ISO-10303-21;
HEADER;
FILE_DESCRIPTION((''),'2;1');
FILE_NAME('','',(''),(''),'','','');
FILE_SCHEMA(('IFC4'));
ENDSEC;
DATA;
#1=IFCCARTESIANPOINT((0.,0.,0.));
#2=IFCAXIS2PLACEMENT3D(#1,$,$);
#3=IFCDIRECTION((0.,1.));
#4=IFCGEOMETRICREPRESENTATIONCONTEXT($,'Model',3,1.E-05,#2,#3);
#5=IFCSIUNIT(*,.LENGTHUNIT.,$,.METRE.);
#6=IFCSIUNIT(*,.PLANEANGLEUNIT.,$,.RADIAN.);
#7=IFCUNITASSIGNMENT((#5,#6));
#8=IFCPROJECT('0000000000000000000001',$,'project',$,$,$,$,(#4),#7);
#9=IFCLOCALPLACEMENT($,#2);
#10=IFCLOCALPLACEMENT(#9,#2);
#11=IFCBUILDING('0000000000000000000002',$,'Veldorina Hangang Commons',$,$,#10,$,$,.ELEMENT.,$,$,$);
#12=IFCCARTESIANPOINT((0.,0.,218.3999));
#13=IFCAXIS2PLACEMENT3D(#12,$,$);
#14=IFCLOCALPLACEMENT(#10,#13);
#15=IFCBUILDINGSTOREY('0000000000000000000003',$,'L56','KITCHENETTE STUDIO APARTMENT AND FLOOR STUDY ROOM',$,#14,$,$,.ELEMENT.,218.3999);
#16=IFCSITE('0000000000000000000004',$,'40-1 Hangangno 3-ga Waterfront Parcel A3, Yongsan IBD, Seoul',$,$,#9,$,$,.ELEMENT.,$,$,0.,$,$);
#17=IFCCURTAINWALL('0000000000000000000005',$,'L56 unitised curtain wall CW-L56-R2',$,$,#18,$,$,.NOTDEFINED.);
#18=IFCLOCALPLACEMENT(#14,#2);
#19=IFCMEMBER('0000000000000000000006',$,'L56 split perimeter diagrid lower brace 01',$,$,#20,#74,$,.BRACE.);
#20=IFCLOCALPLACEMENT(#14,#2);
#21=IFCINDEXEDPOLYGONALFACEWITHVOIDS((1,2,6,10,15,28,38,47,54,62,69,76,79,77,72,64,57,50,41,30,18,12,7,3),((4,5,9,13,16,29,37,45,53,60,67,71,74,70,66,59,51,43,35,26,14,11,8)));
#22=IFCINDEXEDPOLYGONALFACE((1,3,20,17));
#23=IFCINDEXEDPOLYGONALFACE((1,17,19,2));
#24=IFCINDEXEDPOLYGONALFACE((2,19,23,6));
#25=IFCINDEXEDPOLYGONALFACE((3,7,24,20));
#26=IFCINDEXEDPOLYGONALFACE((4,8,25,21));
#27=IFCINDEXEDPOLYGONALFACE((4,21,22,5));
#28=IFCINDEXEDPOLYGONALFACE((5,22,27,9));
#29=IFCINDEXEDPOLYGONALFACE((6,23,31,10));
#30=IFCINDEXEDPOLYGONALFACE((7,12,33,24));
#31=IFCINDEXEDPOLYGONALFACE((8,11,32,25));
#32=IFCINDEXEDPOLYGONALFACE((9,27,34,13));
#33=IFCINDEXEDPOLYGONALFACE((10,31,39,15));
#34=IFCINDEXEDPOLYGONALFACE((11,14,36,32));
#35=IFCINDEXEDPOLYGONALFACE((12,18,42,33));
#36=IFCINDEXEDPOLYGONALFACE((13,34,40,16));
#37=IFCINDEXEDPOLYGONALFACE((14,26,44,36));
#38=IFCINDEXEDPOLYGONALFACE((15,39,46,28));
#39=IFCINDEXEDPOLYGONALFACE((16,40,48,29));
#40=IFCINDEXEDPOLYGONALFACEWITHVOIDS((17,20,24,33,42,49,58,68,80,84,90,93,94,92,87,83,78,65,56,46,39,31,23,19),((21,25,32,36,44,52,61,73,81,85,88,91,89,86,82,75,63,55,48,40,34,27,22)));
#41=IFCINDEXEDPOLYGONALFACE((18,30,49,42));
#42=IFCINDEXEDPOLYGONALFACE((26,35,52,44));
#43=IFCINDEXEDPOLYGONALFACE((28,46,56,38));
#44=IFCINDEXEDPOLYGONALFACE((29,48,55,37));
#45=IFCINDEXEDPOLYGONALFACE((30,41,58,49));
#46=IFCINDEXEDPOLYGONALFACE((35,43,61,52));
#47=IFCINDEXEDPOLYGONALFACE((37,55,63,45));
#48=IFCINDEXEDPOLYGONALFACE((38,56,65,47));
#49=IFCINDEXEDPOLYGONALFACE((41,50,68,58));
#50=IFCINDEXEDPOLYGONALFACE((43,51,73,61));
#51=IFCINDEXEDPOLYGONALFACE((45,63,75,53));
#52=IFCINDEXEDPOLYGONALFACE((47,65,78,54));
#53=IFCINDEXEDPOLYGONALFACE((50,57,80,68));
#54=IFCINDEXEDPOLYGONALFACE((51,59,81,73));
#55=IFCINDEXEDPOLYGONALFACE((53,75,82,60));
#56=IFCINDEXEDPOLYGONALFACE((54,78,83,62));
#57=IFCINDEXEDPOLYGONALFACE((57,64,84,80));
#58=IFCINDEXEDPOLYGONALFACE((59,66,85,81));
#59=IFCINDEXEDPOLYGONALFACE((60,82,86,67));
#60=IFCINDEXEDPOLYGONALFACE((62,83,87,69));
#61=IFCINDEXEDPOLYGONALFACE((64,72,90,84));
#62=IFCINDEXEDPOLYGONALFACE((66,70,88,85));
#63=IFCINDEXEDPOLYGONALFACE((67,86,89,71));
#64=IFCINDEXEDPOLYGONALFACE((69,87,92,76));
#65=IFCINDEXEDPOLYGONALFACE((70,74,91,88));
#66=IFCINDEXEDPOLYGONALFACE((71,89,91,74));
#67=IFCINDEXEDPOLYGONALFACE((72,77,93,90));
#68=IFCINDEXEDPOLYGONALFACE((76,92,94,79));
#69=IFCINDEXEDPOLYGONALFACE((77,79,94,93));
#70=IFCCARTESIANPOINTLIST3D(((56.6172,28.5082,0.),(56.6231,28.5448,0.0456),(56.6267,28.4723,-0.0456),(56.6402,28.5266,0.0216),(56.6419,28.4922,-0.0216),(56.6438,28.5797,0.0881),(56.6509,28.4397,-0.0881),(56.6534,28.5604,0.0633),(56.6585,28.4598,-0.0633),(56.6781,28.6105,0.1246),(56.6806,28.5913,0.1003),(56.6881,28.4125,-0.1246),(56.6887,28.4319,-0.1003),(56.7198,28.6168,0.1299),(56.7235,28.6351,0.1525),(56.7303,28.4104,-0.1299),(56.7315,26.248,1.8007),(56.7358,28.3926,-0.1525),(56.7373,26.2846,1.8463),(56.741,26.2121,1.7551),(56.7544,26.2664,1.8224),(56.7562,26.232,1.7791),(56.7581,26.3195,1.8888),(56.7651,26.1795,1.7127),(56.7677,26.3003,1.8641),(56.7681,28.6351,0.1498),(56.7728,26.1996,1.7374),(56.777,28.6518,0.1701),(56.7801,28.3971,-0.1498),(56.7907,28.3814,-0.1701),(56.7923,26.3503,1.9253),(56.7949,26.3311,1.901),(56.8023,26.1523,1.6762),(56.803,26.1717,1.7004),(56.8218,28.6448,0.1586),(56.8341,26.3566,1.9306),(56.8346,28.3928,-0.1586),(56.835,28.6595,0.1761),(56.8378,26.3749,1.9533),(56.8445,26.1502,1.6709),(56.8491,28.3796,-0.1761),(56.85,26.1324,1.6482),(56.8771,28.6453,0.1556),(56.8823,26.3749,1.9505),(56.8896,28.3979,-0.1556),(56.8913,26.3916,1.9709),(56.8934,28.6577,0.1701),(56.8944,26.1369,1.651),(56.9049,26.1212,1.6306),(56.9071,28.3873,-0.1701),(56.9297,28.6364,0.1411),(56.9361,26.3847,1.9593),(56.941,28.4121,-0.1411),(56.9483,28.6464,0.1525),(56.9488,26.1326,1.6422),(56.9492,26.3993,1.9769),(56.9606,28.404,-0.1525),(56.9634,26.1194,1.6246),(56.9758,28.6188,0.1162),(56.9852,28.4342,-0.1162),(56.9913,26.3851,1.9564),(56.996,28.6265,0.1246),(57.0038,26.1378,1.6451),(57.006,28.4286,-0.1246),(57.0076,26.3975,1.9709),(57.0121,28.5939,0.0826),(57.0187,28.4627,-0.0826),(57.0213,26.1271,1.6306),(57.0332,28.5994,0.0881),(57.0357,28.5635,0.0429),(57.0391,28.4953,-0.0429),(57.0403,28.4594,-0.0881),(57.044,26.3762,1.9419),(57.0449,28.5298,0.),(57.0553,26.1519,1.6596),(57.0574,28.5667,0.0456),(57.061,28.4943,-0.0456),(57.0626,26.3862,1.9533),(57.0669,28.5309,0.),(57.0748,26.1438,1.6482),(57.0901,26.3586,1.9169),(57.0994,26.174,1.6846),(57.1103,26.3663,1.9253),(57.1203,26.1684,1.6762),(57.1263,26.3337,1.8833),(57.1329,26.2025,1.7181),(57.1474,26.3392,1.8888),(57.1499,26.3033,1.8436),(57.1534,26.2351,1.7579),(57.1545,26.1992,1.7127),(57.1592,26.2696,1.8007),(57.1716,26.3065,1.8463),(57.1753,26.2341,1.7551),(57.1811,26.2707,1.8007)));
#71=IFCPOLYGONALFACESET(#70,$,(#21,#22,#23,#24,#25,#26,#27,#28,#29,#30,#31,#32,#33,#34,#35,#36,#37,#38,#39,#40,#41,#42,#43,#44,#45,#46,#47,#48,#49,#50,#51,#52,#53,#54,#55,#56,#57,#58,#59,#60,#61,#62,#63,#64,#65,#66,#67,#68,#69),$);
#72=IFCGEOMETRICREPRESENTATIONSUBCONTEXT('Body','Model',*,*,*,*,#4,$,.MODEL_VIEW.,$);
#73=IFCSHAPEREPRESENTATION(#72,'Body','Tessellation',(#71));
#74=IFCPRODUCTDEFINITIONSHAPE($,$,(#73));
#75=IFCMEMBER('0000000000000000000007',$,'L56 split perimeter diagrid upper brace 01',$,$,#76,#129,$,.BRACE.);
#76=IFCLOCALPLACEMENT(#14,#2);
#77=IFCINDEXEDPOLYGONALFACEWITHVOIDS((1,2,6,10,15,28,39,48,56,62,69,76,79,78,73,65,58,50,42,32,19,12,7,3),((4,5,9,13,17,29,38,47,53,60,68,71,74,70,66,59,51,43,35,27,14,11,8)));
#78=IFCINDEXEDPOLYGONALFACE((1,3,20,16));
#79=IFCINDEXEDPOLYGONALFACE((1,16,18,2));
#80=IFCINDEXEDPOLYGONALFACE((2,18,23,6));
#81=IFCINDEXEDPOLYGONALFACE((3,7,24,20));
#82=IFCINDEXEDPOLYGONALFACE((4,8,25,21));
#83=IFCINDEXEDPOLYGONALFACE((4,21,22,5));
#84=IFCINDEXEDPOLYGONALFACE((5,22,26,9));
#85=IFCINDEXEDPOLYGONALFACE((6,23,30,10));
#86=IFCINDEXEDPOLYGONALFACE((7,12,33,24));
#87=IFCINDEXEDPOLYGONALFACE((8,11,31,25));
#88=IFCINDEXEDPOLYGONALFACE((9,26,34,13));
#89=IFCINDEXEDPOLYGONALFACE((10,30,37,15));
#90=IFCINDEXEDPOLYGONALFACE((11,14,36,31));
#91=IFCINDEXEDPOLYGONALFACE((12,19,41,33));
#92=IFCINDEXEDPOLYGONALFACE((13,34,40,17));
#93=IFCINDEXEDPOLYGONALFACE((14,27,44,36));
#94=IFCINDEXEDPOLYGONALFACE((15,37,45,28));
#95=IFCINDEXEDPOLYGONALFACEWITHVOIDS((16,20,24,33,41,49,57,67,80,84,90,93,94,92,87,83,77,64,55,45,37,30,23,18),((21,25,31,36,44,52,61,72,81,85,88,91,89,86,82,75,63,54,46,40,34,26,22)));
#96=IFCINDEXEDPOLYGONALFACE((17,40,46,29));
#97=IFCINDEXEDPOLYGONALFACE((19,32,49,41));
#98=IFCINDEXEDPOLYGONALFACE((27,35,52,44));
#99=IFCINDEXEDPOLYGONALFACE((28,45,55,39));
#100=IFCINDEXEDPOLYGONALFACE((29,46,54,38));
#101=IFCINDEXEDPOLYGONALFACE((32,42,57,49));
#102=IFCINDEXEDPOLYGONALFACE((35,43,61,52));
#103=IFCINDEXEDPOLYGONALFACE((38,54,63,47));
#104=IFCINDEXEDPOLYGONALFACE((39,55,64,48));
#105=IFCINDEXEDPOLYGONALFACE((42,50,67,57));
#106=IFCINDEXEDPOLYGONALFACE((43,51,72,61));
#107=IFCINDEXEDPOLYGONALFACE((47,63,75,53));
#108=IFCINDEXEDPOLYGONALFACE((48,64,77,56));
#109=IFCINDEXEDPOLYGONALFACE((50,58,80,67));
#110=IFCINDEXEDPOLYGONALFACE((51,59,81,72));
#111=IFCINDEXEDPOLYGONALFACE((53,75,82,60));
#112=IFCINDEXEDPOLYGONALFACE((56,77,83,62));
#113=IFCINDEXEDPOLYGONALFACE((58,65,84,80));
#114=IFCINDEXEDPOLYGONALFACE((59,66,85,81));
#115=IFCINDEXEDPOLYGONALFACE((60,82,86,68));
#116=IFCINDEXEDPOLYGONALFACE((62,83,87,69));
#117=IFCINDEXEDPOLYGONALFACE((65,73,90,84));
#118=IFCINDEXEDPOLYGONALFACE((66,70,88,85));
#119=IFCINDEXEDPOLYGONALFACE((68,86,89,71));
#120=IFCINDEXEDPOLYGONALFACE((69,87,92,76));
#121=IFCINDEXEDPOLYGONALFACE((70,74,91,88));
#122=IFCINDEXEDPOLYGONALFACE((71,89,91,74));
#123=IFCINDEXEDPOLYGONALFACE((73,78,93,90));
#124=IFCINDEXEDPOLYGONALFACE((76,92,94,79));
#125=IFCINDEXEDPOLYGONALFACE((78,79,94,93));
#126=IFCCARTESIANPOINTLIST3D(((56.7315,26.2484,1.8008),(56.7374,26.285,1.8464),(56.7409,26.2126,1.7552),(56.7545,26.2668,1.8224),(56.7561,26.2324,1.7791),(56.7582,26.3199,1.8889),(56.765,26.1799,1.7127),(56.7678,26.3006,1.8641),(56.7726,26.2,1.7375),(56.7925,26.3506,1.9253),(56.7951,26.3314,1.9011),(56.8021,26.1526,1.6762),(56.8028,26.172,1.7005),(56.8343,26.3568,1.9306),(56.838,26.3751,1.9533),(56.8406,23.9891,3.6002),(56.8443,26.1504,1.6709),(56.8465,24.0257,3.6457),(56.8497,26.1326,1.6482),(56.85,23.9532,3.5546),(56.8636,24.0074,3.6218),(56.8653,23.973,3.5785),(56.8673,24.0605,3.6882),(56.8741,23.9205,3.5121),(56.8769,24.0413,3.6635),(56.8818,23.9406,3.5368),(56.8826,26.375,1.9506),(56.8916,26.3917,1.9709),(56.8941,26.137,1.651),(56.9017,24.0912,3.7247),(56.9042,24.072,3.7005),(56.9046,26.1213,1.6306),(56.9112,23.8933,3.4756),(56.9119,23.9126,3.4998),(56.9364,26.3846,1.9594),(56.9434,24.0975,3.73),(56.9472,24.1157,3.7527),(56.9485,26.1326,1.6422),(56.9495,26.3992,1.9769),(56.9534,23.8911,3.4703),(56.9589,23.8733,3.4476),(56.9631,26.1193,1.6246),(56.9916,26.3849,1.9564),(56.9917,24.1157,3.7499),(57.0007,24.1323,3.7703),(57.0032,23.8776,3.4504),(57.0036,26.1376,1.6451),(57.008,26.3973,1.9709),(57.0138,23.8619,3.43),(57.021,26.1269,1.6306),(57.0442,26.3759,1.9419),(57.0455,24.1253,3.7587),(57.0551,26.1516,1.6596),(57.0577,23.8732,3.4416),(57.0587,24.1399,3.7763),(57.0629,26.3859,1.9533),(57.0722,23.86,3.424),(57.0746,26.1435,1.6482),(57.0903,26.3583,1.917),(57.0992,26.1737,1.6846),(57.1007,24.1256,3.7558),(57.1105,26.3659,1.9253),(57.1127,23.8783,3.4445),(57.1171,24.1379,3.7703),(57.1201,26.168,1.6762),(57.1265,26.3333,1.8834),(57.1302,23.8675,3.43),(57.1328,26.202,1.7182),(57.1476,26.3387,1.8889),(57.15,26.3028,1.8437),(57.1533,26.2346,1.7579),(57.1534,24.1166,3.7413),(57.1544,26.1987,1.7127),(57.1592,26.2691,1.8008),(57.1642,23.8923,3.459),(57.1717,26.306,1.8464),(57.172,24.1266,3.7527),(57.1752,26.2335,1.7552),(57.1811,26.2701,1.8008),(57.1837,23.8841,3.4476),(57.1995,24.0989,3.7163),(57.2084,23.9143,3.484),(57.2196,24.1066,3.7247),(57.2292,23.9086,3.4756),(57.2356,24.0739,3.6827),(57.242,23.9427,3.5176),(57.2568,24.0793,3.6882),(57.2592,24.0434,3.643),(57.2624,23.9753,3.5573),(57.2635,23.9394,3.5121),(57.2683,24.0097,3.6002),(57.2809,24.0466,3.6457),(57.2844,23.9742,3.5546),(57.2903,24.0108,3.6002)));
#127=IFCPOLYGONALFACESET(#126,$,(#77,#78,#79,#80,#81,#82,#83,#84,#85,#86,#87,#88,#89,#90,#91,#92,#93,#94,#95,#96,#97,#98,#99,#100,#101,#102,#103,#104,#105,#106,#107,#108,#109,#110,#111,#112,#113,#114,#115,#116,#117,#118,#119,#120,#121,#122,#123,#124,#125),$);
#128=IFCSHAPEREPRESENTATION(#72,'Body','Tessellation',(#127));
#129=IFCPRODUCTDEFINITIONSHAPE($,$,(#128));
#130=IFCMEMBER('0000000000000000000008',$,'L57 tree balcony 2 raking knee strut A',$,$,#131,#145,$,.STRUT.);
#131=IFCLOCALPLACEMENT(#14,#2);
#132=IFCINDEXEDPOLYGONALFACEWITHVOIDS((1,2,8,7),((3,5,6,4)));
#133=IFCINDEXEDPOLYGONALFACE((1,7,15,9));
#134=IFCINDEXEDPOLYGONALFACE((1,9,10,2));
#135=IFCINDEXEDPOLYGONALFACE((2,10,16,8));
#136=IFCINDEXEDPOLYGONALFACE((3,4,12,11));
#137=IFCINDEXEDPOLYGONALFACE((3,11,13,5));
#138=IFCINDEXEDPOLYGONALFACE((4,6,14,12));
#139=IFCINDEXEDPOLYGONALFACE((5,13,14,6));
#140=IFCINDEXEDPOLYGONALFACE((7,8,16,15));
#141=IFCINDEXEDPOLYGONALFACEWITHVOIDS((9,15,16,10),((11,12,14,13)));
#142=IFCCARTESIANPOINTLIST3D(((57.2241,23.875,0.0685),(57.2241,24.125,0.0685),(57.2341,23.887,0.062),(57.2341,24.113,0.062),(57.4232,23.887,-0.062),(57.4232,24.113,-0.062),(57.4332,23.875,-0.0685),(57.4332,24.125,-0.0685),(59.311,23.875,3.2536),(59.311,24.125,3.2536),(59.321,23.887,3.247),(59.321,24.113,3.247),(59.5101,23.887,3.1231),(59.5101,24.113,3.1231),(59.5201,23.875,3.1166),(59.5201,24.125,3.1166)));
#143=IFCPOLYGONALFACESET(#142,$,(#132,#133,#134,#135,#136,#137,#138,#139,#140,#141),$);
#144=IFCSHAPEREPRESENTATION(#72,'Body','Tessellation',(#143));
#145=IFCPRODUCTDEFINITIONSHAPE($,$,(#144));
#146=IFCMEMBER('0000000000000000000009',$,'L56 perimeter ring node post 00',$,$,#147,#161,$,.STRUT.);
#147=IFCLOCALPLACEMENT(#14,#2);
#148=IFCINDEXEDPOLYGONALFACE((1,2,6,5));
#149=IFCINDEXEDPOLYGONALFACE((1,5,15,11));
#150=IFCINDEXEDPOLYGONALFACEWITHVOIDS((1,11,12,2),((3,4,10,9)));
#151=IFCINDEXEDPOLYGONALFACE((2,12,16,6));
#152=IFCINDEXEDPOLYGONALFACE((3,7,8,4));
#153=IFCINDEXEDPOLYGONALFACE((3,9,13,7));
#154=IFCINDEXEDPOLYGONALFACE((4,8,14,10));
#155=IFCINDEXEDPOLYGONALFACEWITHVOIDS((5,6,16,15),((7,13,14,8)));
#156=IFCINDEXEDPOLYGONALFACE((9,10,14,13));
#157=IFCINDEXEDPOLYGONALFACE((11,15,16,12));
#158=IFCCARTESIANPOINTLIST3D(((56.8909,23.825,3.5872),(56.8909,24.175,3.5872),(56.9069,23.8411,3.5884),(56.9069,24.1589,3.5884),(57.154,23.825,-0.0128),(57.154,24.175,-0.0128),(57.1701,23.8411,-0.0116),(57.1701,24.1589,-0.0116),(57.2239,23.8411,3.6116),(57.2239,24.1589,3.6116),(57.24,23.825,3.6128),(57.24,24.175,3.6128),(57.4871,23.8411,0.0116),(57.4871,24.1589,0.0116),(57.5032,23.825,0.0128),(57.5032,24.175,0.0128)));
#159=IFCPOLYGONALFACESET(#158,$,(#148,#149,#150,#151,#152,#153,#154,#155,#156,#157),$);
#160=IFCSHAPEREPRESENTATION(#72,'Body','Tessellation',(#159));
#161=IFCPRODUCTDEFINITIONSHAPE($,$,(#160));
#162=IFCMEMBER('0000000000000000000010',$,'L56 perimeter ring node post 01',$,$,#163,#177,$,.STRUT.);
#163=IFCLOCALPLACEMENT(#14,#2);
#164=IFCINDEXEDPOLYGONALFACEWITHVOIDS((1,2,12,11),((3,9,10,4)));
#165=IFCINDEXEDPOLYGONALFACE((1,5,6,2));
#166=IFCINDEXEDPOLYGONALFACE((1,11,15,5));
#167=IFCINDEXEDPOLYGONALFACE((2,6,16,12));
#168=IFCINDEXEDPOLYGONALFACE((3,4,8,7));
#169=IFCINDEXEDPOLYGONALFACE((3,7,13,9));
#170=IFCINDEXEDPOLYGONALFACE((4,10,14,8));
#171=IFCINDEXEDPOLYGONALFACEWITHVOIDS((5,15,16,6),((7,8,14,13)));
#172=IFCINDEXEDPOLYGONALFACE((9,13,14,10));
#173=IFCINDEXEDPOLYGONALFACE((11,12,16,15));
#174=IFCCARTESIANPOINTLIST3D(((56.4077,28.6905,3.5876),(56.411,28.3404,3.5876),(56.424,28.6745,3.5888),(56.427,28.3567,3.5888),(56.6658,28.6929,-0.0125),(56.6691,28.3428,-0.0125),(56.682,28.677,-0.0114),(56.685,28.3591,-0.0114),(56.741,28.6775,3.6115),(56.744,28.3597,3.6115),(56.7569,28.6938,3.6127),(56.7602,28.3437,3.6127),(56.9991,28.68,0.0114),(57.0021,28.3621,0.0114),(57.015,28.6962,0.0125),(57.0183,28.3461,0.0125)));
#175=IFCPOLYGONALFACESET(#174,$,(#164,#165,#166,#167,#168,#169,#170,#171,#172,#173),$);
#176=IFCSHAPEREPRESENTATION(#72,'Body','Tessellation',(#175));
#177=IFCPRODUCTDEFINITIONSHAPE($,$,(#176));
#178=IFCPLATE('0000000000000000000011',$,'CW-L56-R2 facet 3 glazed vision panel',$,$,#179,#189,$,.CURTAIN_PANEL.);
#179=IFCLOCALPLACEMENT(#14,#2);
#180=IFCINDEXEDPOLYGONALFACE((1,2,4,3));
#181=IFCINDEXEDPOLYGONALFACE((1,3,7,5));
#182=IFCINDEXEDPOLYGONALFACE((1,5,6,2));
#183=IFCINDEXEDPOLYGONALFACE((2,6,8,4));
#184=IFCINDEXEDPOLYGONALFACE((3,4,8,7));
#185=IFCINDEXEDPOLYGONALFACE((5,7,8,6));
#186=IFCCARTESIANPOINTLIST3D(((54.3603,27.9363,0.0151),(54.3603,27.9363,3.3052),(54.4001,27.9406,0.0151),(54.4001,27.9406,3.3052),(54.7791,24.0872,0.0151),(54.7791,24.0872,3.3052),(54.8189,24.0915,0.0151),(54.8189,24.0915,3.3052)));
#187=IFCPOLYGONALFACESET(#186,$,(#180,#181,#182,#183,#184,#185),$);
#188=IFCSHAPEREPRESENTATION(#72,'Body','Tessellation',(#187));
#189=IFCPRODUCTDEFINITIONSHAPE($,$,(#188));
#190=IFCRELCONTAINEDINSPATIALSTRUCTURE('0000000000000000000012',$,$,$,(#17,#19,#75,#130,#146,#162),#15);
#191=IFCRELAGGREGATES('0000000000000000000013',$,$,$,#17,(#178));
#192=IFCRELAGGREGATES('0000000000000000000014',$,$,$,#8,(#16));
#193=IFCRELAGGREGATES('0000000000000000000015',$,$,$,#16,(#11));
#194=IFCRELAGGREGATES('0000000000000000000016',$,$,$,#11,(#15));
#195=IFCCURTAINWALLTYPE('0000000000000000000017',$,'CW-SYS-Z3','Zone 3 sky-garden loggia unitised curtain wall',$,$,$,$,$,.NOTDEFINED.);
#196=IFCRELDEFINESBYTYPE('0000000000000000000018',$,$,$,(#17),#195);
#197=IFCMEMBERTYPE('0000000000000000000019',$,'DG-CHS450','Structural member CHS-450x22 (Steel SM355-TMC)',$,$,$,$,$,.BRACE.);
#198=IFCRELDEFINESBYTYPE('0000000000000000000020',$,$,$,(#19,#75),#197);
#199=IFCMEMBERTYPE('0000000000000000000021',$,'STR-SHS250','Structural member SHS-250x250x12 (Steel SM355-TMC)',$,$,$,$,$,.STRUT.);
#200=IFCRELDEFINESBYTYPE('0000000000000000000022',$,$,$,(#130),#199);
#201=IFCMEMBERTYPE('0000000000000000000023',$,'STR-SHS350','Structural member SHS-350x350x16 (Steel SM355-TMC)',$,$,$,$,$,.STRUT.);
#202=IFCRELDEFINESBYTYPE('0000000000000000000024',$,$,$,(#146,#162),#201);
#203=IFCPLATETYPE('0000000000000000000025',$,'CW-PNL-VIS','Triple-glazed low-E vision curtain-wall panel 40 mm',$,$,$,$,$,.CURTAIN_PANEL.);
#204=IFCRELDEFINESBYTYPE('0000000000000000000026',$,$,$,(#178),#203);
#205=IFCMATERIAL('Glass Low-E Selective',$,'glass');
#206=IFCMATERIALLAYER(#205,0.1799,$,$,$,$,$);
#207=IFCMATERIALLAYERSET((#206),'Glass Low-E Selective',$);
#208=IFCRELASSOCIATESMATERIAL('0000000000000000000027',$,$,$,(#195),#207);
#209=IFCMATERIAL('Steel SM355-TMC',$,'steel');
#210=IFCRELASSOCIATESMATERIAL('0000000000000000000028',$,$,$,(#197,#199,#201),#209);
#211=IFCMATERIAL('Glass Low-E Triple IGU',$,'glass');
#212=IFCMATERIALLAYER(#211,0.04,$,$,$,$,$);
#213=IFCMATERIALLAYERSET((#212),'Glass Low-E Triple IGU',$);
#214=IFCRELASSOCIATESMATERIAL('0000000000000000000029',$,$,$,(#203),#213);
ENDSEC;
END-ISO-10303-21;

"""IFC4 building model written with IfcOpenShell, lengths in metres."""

from ifc_helpers import new_model, si_unit, direction, frame, origin, origin_2d, place, context, subcontext, project, spatial, rectangle, hollow_rectangle, hollow_circle, extrude, material, layer, layer_set, material_profile, profile_set, type_object, element, aggregate, save


model = new_model("IFC4")

# Units and contexts
model_context = context("Model", 3, precision=1e-05, world=origin(), true_north=direction((0.0, 1.0)))
body_context = subcontext(model_context, "Body", "Model", "MODEL_VIEW")
ifc_project = project(units=[si_unit("LENGTHUNIT", "METRE"), si_unit("PLANEANGLEUNIT", "RADIAN")], contexts=[model_context])

# Site, building, storey
site_placement = place(None, origin())
site = spatial("IfcSite", under=ifc_project, at=site_placement, Name="40-1 Hangangno 3-ga Waterfront Parcel A3, Yongsan IBD, Seoul", CompositionType="ELEMENT", RefElevation=0.0)
building_placement = place(site_placement, origin())
building = spatial("IfcBuilding", under=site, at=building_placement, Name="Veldorina Hangang Commons", CompositionType="ELEMENT")
storey_placement = place(building_placement, frame((0.0, 0.0, 218.3999)))
storey = spatial("IfcBuildingStorey", under=building, at=storey_placement, Name="L56", Description="KITCHENETTE STUDIO APARTMENT AND FLOOR STUDY ROOM", CompositionType="ELEMENT", Elevation=218.3999)

# Shared definitions
ifc_material_1 = material(Name="Steel SM355-TMC", Category="steel")

# Curtain wall
ifc_material_2 = material(Name="Glass Low-E Selective", Category="glass")
ifc_layer_1 = layer(ifc_material_2, 0.1799)
ifc_layer_set_1 = layer_set([ifc_layer_1], Name="Glass Low-E Selective")
curtain_wall_type = type_object("IfcCurtainWallType", Name="CW-SYS-Z3", Description="Zone 3 sky-garden loggia unitised curtain wall", PredefinedType="NOTDEFINED", material=ifc_layer_set_1)
curtain_wall_placement = place(storey_placement, origin())
curtain_wall = element("IfcCurtainWall", 1, at=curtain_wall_placement, inside=storey, type_object=curtain_wall_type, Name="L56 unitised curtain wall CW-L56-R2", PredefinedType="NOTDEFINED")

# Members
ifc_material_profile_1 = material_profile(ifc_material_1, hollow_circle(Radius=0.2251, WallThickness=0.022, at=origin_2d()), Name="CHS-450x22")
ifc_profile_set_1 = profile_set([ifc_material_profile_1], Name="Steel SM355-TMC")
member_type_1 = type_object("IfcMemberType", Name="DG-CHS450", Description="Structural member CHS-450x22 (Steel SM355-TMC)", PredefinedType="BRACE", material=ifc_profile_set_1)
member_1_placement = place(storey_placement, frame((56.842, 28.5195, 0.0), z_axis=(0.039506, -0.781509, 0.622641), x_axis=(0.998725, 0.050486, 0.0)))
element("IfcMember", 2, at=member_1_placement, inside=storey, type_object=member_type_1, Name="L56 split perimeter diagrid lower brace 01", PredefinedType="BRACE", context=body_context, shape_type="SweptSolid", body=[
    extrude(hollow_circle(Radius=0.2251, WallThickness=0.022, at=origin_2d()), origin(), (0.0, 0.0, 1.0), 2.8921),
])
member_2_placement = place(storey_placement, frame((56.9563, 26.2593, 1.8008), z_axis=(0.037758, -0.781678, 0.622538), x_axis=(0.998835, 0.048247, 0.0)))
element("IfcMember", 3, at=member_2_placement, inside=storey, type_object=member_type_1, Name="L56 split perimeter diagrid upper brace 01", PredefinedType="BRACE", context=body_context, shape_type="SweptSolid", body=[
    extrude(hollow_circle(Radius=0.2251, WallThickness=0.022, at=origin_2d()), origin(), (0.0, 0.0, 1.0), 2.8904),
])
ifc_material_profile_2 = material_profile(ifc_material_1, hollow_rectangle(XDim=0.25, YDim=0.25, WallThickness=0.012, at=origin_2d()), Name="SHS-250x250x12")
ifc_profile_set_2 = profile_set([ifc_material_profile_2], Name="Steel SM355-TMC")
member_type_2 = type_object("IfcMemberType", Name="STR-SHS250", Description="Structural member SHS-250x250x12 (Steel SM355-TMC)", PredefinedType="STRUT", material=ifc_profile_set_2)
member_3_placement = place(storey_placement, frame((57.3286, 24.0, 0.0), z_axis=(0.548054, 0.0, 0.836443), x_axis=(0.0, 1.0, 0.0)))
element("IfcMember", 4, at=member_3_placement, inside=storey, type_object=member_type_2, Name="L57 tree balcony 2 raking knee strut A", PredefinedType="STRUT", context=body_context, shape_type="SweptSolid", body=[
    extrude(hollow_rectangle(XDim=0.25, YDim=0.25, WallThickness=0.012, at=origin_2d()), origin(), (0.0, 0.0, 1.0), 3.8079),
])
ifc_material_profile_3 = material_profile(ifc_material_1, hollow_rectangle(XDim=0.3501, YDim=0.3501, WallThickness=0.0161, at=origin_2d()), Name="SHS-350x350x16")
ifc_profile_set_3 = profile_set([ifc_material_profile_3], Name="Steel SM355-TMC")
member_type_3 = type_object("IfcMemberType", Name="STR-SHS350", Description="Structural member SHS-350x350x16 (Steel SM355-TMC)", PredefinedType="STRUT", material=ifc_profile_set_3)
member_4_placement = place(storey_placement, frame((57.3286, 24.0, 0.0), z_axis=(-0.07291, 0.0, 0.997339), x_axis=(0.0, -1.0, 0.0)))
element("IfcMember", 5, at=member_4_placement, inside=storey, type_object=member_type_3, Name="L56 perimeter ring node post 00", PredefinedType="STRUT", context=body_context, shape_type="SweptSolid", body=[
    extrude(hollow_rectangle(XDim=0.3501, YDim=0.3501, WallThickness=0.0161, at=origin_2d()), origin(), (0.0, 0.0, 1.0), 3.6096),
])
member_5_placement = place(storey_placement, frame((56.842, 28.5195, 0.0), z_axis=(-0.071497, -0.000676, 0.997441), x_axis=(0.00946, -0.999955, 0.0)))
element("IfcMember", 6, at=member_5_placement, inside=storey, type_object=member_type_3, Name="L56 perimeter ring node post 01", PredefinedType="STRUT", context=body_context, shape_type="SweptSolid", body=[
    extrude(hollow_rectangle(XDim=0.3501, YDim=0.3501, WallThickness=0.0161, at=origin_2d()), origin(), (0.0, 0.0, 1.0), 3.6094),
])

# Plate
ifc_material_3 = material(Name="Glass Low-E Triple IGU", Category="glass")
ifc_layer_2 = layer(ifc_material_3, 0.04)
ifc_layer_set_2 = layer_set([ifc_layer_2], Name="Glass Low-E Triple IGU")
plate_type_1 = type_object("IfcPlateType", Name="CW-PNL-VIS", Description="Triple-glazed low-E vision curtain-wall panel 40 mm", PredefinedType="CURTAIN_PANEL", material=ifc_layer_set_2)
plate_1_placement = place(storey_placement, frame((54.5896, 26.0139, 0.0151), z_axis=(0.0, 0.0, 1.0), x_axis=(-0.108173, 0.994132, 0.0)))
plate_1 = element("IfcPlate", 7, at=plate_1_placement, type_object=plate_type_1, Name="CW-L56-R2 facet 3 glazed vision panel", PredefinedType="CURTAIN_PANEL", context=body_context, shape_type="SweptSolid", body=[
    extrude(rectangle(XDim=3.8718, YDim=0.04, at=origin_2d()), origin(), (0.0, 0.0, 1.0), 3.29),
])
aggregate(curtain_wall, [plate_1])

save(model, "model.ifc")
